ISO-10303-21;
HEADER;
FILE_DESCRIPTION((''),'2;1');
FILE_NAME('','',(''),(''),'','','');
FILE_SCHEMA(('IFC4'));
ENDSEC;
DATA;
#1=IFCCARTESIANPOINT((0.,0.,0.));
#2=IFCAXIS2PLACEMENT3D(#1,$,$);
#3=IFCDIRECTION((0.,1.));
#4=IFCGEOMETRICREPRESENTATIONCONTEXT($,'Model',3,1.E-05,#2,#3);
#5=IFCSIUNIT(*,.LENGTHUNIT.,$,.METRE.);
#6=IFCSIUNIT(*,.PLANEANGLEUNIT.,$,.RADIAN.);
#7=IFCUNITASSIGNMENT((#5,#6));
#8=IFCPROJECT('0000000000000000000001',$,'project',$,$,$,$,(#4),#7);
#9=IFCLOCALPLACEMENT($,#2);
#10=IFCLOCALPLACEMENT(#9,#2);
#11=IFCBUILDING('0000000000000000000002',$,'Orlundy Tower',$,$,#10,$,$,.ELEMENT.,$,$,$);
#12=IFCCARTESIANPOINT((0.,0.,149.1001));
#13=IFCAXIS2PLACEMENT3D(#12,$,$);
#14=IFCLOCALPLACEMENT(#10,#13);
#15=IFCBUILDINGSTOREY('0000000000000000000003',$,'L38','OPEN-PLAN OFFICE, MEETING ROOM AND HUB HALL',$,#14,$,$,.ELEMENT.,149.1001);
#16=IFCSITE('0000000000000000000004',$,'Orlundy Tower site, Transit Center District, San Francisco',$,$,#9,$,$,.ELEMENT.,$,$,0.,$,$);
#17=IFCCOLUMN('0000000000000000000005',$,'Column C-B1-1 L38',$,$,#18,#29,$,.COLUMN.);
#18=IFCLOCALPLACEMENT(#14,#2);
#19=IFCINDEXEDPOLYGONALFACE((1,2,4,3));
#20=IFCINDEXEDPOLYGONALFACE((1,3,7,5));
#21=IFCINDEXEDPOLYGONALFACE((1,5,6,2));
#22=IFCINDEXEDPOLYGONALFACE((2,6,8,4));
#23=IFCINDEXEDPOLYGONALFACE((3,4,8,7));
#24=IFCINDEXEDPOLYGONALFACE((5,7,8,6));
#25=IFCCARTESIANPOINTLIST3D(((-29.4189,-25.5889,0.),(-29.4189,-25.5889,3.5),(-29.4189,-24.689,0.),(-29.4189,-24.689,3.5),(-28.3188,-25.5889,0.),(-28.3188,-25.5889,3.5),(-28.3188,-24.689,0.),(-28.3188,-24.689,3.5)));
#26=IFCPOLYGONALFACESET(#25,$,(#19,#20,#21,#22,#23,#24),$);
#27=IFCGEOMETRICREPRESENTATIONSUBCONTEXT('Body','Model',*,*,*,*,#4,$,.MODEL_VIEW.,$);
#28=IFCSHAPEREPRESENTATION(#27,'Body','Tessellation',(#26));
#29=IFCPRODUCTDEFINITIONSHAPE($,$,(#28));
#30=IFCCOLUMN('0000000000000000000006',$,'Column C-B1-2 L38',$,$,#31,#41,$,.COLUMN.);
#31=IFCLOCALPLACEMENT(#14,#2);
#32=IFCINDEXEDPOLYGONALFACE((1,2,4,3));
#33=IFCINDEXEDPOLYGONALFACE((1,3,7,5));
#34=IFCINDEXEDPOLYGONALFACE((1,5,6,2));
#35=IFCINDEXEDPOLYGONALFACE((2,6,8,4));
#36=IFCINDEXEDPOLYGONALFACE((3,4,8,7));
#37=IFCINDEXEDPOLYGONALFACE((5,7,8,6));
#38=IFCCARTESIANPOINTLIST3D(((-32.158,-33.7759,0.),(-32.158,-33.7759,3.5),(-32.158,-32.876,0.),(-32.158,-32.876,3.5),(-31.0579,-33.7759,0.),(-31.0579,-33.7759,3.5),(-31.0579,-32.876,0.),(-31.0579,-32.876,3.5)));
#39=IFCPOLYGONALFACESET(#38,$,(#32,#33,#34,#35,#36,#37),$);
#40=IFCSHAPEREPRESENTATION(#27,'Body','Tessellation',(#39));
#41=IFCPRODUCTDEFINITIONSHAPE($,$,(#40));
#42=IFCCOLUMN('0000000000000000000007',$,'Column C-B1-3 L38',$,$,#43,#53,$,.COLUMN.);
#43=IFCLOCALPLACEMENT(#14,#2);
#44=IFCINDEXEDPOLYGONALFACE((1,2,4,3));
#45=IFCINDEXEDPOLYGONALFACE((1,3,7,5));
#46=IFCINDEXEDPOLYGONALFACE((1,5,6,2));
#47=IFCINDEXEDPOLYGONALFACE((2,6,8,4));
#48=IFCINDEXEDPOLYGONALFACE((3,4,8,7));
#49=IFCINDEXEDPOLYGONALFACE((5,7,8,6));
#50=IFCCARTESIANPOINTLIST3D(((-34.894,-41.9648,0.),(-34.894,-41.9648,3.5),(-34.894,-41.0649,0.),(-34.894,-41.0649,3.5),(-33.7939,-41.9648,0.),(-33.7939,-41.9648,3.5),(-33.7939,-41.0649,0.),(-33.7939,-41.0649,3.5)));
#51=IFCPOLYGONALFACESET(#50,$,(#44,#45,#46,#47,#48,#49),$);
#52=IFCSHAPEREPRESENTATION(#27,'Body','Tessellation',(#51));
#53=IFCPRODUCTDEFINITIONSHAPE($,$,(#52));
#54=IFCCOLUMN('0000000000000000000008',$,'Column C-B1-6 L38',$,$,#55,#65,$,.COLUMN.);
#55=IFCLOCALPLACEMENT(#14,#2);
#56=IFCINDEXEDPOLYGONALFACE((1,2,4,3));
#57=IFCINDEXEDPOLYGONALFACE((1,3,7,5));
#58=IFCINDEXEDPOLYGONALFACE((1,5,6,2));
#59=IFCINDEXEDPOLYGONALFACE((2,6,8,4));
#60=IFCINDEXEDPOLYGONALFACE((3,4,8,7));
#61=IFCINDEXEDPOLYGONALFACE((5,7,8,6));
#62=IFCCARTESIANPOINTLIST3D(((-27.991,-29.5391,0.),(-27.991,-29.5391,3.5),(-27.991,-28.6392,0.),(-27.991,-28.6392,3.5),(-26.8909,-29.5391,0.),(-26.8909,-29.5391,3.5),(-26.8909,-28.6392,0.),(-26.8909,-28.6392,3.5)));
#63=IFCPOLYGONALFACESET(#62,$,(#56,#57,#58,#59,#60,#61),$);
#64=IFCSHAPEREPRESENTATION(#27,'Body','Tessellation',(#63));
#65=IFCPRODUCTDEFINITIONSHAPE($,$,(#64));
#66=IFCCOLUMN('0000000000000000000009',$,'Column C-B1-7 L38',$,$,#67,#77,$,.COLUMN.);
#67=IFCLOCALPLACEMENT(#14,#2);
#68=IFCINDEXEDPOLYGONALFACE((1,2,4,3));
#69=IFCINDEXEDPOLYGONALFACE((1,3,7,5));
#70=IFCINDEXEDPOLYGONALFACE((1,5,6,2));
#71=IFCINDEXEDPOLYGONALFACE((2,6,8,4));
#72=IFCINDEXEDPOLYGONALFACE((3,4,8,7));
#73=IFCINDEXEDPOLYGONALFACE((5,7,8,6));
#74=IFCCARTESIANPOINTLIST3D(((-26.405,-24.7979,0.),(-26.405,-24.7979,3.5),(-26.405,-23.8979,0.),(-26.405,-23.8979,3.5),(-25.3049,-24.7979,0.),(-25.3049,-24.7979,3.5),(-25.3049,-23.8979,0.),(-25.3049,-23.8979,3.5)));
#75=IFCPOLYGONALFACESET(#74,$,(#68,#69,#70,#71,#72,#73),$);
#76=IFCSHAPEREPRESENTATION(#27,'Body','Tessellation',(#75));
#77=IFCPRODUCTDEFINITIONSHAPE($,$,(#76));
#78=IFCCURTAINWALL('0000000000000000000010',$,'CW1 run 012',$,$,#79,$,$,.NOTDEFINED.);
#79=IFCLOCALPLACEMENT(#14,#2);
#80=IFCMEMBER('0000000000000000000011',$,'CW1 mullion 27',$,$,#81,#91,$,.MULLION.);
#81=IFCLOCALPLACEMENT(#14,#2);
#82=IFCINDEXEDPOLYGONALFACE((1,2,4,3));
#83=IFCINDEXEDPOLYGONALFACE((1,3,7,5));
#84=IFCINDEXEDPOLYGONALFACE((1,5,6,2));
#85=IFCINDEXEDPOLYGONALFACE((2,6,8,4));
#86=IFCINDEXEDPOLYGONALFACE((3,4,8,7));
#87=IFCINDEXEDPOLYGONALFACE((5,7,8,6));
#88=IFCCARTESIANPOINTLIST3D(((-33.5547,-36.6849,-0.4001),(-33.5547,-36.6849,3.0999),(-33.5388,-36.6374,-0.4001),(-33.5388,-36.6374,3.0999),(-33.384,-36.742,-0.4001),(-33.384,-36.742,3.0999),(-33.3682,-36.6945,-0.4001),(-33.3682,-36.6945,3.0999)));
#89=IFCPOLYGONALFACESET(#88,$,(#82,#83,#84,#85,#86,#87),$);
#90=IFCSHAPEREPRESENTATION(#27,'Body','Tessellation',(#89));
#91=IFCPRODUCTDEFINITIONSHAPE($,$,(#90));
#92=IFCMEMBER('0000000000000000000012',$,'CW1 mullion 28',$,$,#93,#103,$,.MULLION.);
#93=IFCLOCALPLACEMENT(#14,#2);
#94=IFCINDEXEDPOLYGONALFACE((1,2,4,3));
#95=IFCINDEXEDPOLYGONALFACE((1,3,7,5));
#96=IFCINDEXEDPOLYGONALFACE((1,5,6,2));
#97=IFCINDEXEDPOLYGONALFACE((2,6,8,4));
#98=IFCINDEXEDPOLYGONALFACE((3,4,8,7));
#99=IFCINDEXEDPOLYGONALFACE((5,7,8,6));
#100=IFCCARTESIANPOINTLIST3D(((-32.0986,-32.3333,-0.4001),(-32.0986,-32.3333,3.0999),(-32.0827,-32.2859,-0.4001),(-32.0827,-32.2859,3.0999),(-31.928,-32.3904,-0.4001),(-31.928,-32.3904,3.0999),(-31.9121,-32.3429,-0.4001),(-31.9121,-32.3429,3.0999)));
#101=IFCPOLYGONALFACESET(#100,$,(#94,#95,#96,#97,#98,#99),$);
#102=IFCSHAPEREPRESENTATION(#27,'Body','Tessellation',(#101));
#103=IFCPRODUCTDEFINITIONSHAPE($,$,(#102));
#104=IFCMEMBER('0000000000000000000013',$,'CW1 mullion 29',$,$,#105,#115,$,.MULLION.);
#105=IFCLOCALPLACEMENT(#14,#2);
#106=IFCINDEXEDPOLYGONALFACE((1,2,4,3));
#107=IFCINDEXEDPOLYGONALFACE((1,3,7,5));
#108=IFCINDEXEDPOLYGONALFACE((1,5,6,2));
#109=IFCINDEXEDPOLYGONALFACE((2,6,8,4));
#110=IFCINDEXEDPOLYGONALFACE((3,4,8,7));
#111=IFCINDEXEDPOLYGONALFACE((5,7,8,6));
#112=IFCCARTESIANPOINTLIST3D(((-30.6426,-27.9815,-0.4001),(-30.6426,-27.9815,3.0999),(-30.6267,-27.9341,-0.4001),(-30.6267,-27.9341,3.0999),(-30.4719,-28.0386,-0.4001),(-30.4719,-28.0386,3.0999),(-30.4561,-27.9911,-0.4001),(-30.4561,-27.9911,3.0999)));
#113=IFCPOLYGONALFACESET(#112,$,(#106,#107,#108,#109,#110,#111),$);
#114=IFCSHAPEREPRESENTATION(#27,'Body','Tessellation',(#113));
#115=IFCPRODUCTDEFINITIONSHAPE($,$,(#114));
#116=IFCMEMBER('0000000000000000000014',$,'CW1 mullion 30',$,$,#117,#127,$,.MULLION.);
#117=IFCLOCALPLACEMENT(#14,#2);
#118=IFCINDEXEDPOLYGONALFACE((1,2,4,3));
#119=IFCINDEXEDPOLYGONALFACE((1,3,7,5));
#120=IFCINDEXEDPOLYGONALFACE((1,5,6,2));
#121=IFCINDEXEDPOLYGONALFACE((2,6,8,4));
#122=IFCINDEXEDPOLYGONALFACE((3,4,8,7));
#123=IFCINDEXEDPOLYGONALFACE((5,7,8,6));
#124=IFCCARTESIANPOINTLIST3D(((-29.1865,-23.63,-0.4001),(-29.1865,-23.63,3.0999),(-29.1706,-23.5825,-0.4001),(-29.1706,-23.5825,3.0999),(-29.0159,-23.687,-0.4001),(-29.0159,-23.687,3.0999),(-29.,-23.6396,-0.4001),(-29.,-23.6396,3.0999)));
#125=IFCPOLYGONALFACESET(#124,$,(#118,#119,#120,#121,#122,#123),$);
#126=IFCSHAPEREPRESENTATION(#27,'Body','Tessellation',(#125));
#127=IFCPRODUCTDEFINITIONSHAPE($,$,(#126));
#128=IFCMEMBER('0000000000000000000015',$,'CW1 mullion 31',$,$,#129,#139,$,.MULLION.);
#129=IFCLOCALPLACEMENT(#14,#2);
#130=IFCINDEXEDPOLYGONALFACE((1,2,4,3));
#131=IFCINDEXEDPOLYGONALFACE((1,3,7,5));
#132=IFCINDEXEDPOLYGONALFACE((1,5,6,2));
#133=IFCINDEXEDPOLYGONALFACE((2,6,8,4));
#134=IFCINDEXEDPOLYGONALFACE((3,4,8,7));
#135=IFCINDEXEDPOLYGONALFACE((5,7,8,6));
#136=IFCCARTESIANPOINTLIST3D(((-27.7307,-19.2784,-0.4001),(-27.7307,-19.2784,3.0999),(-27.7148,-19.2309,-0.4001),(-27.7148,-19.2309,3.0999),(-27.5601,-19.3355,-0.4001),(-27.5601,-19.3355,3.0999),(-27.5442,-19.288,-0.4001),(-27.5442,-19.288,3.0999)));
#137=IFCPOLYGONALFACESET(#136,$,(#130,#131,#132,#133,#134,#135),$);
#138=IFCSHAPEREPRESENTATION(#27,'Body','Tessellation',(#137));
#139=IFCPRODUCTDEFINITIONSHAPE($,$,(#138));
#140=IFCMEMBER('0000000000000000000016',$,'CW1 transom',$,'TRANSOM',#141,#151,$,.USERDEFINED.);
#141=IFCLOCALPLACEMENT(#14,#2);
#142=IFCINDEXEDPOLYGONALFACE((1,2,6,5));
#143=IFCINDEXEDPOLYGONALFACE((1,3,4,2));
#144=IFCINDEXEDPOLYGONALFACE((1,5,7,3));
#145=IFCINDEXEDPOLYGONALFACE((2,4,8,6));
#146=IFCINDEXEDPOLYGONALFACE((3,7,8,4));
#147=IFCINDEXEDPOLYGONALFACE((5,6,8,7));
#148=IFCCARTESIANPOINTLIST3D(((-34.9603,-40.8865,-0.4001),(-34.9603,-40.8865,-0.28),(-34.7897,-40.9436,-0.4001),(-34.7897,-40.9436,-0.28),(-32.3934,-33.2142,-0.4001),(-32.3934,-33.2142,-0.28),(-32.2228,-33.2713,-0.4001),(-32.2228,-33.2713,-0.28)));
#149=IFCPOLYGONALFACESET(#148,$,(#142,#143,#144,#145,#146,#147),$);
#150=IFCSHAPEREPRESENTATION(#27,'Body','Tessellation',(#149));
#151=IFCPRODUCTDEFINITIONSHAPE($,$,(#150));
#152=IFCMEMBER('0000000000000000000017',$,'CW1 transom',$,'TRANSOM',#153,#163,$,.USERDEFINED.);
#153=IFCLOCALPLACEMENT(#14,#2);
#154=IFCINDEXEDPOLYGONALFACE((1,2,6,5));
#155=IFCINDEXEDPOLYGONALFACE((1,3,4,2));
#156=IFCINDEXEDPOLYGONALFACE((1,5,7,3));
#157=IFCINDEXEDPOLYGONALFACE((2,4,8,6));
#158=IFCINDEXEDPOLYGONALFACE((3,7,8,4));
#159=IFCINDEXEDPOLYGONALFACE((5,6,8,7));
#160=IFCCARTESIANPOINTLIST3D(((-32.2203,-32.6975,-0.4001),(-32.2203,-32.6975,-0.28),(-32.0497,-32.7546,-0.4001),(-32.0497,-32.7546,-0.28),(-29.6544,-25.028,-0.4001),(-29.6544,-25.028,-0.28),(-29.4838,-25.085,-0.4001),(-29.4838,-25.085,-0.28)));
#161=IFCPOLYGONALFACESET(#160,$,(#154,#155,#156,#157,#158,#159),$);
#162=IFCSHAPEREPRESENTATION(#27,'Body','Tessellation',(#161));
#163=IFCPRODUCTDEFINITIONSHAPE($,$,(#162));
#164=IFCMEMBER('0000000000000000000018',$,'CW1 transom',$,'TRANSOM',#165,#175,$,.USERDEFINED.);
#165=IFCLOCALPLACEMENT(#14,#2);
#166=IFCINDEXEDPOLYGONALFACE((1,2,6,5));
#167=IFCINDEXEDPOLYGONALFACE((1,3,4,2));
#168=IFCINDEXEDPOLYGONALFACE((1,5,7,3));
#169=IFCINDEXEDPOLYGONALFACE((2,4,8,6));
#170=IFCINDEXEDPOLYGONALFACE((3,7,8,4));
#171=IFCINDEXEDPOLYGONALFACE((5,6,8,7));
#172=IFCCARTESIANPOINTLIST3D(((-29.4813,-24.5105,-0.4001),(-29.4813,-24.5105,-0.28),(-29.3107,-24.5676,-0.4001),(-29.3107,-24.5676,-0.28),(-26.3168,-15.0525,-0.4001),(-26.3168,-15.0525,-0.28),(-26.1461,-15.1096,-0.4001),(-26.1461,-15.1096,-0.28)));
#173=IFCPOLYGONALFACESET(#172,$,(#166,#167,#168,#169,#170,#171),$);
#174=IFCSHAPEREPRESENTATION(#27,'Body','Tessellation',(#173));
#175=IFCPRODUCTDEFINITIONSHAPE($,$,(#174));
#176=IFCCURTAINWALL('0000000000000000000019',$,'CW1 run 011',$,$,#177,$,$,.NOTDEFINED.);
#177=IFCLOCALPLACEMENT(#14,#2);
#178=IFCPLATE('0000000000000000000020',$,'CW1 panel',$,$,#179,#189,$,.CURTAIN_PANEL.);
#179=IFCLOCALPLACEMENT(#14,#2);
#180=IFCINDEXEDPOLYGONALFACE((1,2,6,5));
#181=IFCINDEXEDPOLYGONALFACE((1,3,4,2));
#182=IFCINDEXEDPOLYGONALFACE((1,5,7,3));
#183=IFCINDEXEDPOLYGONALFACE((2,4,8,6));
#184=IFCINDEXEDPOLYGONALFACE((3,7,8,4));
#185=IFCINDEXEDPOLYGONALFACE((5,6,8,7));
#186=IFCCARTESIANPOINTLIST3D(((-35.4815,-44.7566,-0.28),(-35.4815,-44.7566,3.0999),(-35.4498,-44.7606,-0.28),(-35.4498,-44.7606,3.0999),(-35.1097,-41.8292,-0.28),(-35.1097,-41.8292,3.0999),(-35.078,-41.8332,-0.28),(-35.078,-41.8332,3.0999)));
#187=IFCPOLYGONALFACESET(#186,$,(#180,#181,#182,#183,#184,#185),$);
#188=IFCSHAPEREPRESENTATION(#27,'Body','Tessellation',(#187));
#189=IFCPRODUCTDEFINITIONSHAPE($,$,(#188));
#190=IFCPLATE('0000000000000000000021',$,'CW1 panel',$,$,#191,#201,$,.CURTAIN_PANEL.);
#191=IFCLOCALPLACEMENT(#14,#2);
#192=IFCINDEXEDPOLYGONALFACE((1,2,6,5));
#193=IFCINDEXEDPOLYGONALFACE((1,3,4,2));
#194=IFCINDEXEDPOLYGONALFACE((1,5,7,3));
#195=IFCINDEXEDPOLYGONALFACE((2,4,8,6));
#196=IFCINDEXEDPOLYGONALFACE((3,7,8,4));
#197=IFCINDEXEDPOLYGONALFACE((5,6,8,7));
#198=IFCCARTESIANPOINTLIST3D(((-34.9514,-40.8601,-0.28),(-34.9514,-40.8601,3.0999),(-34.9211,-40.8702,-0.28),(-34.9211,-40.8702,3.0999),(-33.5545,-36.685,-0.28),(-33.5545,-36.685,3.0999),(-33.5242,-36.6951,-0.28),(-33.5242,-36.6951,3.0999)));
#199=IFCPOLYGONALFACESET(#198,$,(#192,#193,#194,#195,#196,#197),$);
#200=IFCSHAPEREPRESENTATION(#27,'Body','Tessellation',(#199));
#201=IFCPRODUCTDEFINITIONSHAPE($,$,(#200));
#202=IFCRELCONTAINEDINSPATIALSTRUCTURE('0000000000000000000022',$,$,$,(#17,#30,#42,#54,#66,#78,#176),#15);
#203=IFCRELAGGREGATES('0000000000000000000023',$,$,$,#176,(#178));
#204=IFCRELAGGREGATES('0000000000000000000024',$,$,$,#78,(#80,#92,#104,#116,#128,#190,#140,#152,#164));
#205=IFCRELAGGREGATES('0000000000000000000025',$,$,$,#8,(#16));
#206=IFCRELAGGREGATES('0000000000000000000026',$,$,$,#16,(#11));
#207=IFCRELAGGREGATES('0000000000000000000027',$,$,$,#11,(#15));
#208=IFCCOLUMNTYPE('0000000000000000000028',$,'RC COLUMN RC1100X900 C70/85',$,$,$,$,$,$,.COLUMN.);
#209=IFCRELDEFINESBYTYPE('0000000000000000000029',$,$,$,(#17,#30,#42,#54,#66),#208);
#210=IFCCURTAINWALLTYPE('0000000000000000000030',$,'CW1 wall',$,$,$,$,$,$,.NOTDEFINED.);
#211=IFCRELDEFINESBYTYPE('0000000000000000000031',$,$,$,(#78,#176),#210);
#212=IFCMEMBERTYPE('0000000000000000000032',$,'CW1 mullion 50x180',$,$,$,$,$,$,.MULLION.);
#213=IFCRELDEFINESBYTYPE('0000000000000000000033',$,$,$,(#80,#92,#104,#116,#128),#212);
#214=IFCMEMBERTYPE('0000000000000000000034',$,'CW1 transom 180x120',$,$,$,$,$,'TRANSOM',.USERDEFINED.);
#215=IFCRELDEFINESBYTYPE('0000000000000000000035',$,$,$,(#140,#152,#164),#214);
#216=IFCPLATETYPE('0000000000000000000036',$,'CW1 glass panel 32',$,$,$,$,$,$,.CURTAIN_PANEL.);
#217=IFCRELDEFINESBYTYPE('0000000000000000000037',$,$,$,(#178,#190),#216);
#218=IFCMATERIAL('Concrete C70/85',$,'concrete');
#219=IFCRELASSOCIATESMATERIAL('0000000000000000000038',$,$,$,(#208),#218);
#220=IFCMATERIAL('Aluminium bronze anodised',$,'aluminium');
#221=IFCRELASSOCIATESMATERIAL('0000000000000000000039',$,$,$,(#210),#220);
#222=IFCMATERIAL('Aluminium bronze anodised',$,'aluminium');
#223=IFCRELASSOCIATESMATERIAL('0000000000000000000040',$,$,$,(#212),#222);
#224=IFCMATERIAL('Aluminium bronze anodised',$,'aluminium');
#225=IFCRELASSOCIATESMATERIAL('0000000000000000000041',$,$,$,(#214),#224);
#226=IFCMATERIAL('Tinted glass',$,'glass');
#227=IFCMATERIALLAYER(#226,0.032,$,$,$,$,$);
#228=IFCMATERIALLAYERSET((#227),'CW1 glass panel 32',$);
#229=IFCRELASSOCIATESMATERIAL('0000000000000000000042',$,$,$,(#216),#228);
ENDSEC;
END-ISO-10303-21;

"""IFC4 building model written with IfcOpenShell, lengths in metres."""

from ifc_helpers import new_model, si_unit, direction, frame, origin, origin_2d, place, context, subcontext, project, spatial, rectangle, extrude, material, layer, layer_set, material_profile, profile_set, type_object, element, aggregate, save


model = new_model("IFC4")

# Units and contexts
model_context = context("Model", 3, precision=1e-05, world=origin(), true_north=direction((0.0, 1.0)))
body_context = subcontext(model_context, "Body", "Model", "MODEL_VIEW")
ifc_project = project(units=[si_unit("LENGTHUNIT", "METRE"), si_unit("PLANEANGLEUNIT", "RADIAN")], contexts=[model_context])

# Site, building, storey
site_placement = place(None, origin())
site = spatial("IfcSite", under=ifc_project, at=site_placement, Name="Orlundy Tower site, Transit Center District, San Francisco", CompositionType="ELEMENT", RefElevation=0.0)
building_placement = place(site_placement, origin())
building = spatial("IfcBuilding", under=site, at=building_placement, Name="Orlundy Tower", CompositionType="ELEMENT")
storey_placement = place(building_placement, frame((0.0, 0.0, 149.1001)))
storey = spatial("IfcBuildingStorey", under=building, at=storey_placement, Name="L38", Description="OPEN-PLAN OFFICE, MEETING ROOM AND HUB HALL", CompositionType="ELEMENT", Elevation=149.1001)

# Columns
ifc_material_1 = material(Name="Concrete C70/85", Category="concrete")
ifc_material_profile_1 = material_profile(ifc_material_1, rectangle(XDim=1.1001, YDim=0.8999, at=origin_2d()), Name="RC1100X900")
ifc_profile_set_1 = profile_set([ifc_material_profile_1], Name="Concrete C70/85")
column_type = type_object("IfcColumnType", Name="RC COLUMN RC1100X900 C70/85", PredefinedType="COLUMN", material=ifc_profile_set_1)
for number, where, z_axis, x_axis, name in (
    (1, (-28.8689, -25.1389, 0.0), (0.0, 0.0, 1.0), (1.0, 0.0, 0.0), "Column C-B1-1 L38"),
    (2, (-31.6079, -33.3259, 0.0), (0.0, 0.0, 1.0), (1.0, 0.0, 0.0), "Column C-B1-2 L38"),
    (3, (-34.344, -41.5149, 0.0), (0.0, 0.0, 1.0), (1.0, 0.0, 0.0), "Column C-B1-3 L38"),
    (4, (-27.4409, -29.0891, 0.0), (0.0, 0.0, 1.0), (1.0, 0.0, 0.0), "Column C-B1-6 L38"),
    (5, (-25.855, -24.3479, 0.0), (0.0, 0.0, 1.0), (1.0, 0.0, 0.0), "Column C-B1-7 L38"),
):
    element("IfcColumn", number, at=place(storey_placement, frame(where, z_axis=z_axis, x_axis=x_axis)), inside=storey, type_object=column_type, Name=name, PredefinedType="COLUMN", context=body_context, shape_type="SweptSolid", body=[
        extrude(rectangle(XDim=1.1001, YDim=0.8999, at=origin_2d()), origin(), (0.0, 0.0, 1.0), 3.5),
    ])

# Curtain wall, members
ifc_material_2 = material(Name="Aluminium bronze anodised", Category="aluminium")
curtain_wall_type = type_object("IfcCurtainWallType", Name="CW1 wall", PredefinedType="NOTDEFINED", material=ifc_material_2)
curtain_wall_1_placement = place(storey_placement, origin())
curtain_wall_1 = element("IfcCurtainWall", 6, at=curtain_wall_1_placement, inside=storey, type_object=curtain_wall_type, Name="CW1 run 012", PredefinedType="NOTDEFINED")
ifc_material_3 = material(Name="Aluminium bronze anodised", Category="aluminium")
ifc_material_profile_2 = material_profile(ifc_material_3, rectangle(XDim=0.1799, YDim=0.05, at=origin_2d()), Name="CW1 mullion 50x180")
ifc_profile_set_2 = profile_set([ifc_material_profile_2], Name="Aluminium bronze anodised")
member_type_1 = type_object("IfcMemberType", Name="CW1 mullion 50x180", PredefinedType="MULLION", material=ifc_profile_set_2)
member_1_placement = place(storey_placement, frame((-33.4614, -36.6897, -0.4001), z_axis=(0.0, 0.0, 1.0), x_axis=(-0.948327, 0.317295, 0.0)))
member_1 = element("IfcMember", 7, at=member_1_placement, type_object=member_type_1, Name="CW1 mullion 27", PredefinedType="MULLION", context=body_context, shape_type="SweptSolid", body=[
    extrude(rectangle(XDim=0.1799, YDim=0.05, at=origin_2d()), origin(), (0.0, 0.0, 1.0), 3.5),
])
member_2_placement = place(storey_placement, frame((-32.0054, -32.3381, -0.4001), z_axis=(0.0, 0.0, 1.0), x_axis=(-0.948327, 0.317295, 0.0)))
member_2 = element("IfcMember", 8, at=member_2_placement, type_object=member_type_1, Name="CW1 mullion 28", PredefinedType="MULLION", context=body_context, shape_type="SweptSolid", body=[
    extrude(rectangle(XDim=0.1799, YDim=0.05, at=origin_2d()), origin(), (0.0, 0.0, 1.0), 3.5),
])
member_3_placement = place(storey_placement, frame((-30.5493, -27.9863, -0.4001), z_axis=(0.0, 0.0, 1.0), x_axis=(-0.948327, 0.317295, 0.0)))
member_3 = element("IfcMember", 9, at=member_3_placement, type_object=member_type_1, Name="CW1 mullion 29", PredefinedType="MULLION", context=body_context, shape_type="SweptSolid", body=[
    extrude(rectangle(XDim=0.1799, YDim=0.05, at=origin_2d()), origin(), (0.0, 0.0, 1.0), 3.5),
])
member_4_placement = place(storey_placement, frame((-29.0933, -23.6348, -0.4001), z_axis=(0.0, 0.0, 1.0), x_axis=(-0.948327, 0.317295, 0.0)))
member_4 = element("IfcMember", 10, at=member_4_placement, type_object=member_type_1, Name="CW1 mullion 30", PredefinedType="MULLION", context=body_context, shape_type="SweptSolid", body=[
    extrude(rectangle(XDim=0.1799, YDim=0.05, at=origin_2d()), origin(), (0.0, 0.0, 1.0), 3.5),
])
member_5_placement = place(storey_placement, frame((-27.6375, -19.2832, -0.4001), z_axis=(0.0, 0.0, 1.0), x_axis=(-0.948327, 0.317295, 0.0)))
member_5 = element("IfcMember", 11, at=member_5_placement, type_object=member_type_1, Name="CW1 mullion 31", PredefinedType="MULLION", context=body_context, shape_type="SweptSolid", body=[
    extrude(rectangle(XDim=0.1799, YDim=0.05, at=origin_2d()), origin(), (0.0, 0.0, 1.0), 3.5),
])
ifc_material_4 = material(Name="Aluminium bronze anodised", Category="aluminium")
ifc_material_profile_3 = material_profile(ifc_material_4, rectangle(XDim=0.1799, YDim=0.1201, at=origin_2d()), Name="CW1 transom 180x120")
ifc_profile_set_3 = profile_set([ifc_material_profile_3], Name="Aluminium bronze anodised")
member_type_2 = type_object("IfcMemberType", Name="CW1 transom 180x120", ElementType="TRANSOM", PredefinedType="USERDEFINED", material=ifc_profile_set_3)
member_6_placement = place(storey_placement, frame((-34.875, -40.915, -0.3401), z_axis=(0.317278, 0.948333, 0.0), x_axis=(-0.948333, 0.317278, 0.0)))
member_6 = element("IfcMember", 12, at=member_6_placement, type_object=member_type_2, Name="CW1 transom", ObjectType="TRANSOM", PredefinedType="USERDEFINED", context=body_context, shape_type="SweptSolid", body=[
    extrude(rectangle(XDim=0.1799, YDim=0.1201, at=origin_2d()), origin(), (0.0, 0.0, 1.0), 8.0903),
])
member_7_placement = place(storey_placement, frame((-32.135, -32.7261, -0.3401), z_axis=(0.317269, 0.948336, 0.0), x_axis=(-0.948336, 0.317269, 0.0)))
member_7 = element("IfcMember", 13, at=member_7_placement, type_object=member_type_2, Name="CW1 transom", ObjectType="TRANSOM", PredefinedType="USERDEFINED", context=body_context, shape_type="SweptSolid", body=[
    extrude(rectangle(XDim=0.1799, YDim=0.1201, at=origin_2d()), origin(), (0.0, 0.0, 1.0), 8.0874),
])
member_8_placement = place(storey_placement, frame((-29.396, -24.5391, -0.3401), z_axis=(0.3173, 0.948325, 0.0), x_axis=(-0.948325, 0.3173, 0.0)))
member_8 = element("IfcMember", 14, at=member_8_placement, type_object=member_type_2, Name="CW1 transom", ObjectType="TRANSOM", PredefinedType="USERDEFINED", context=body_context, shape_type="SweptSolid", body=[
    extrude(rectangle(XDim=0.1799, YDim=0.1201, at=origin_2d()), origin(), (0.0, 0.0, 1.0), 9.9734),
])

# Curtain wall, plate
curtain_wall_2_placement = place(storey_placement, origin())
curtain_wall_2 = element("IfcCurtainWall", 15, at=curtain_wall_2_placement, inside=storey, type_object=curtain_wall_type, Name="CW1 run 011", PredefinedType="NOTDEFINED")
ifc_material_5 = material(Name="Tinted glass", Category="glass")
ifc_layer_1 = layer(ifc_material_5, 0.032)
ifc_layer_set_1 = layer_set([ifc_layer_1], Name="CW1 glass panel 32")
plate_type = type_object("IfcPlateType", Name="CW1 glass panel 32", PredefinedType="CURTAIN_PANEL", material=ifc_layer_set_1)
plate_1_placement = place(storey_placement, frame((-35.2798, -43.2949, -0.28), z_axis=(0.0, 0.0, 1.0), x_axis=(0.125994, 0.992031, 0.0)))
plate_1 = element("IfcPlate", 16, at=plate_1_placement, type_object=plate_type, Name="CW1 panel", PredefinedType="CURTAIN_PANEL", context=body_context, shape_type="SweptSolid", body=[
    extrude(rectangle(XDim=2.9509, YDim=0.032, at=origin_2d()), origin(), (0.0, 0.0, 1.0), 3.3799),
])
aggregate(curtain_wall_2, [plate_1])

# Plate
plate_2_placement = place(storey_placement, frame((-34.2378, -38.7776, -0.28), z_axis=(0.0, 0.0, 1.0), x_axis=(0.317295, 0.948327, 0.0)))
plate_2 = element("IfcPlate", 17, at=plate_2_placement, type_object=plate_type, Name="CW1 panel", PredefinedType="CURTAIN_PANEL", context=body_context, shape_type="SweptSolid", body=[
    extrude(rectangle(XDim=4.4026, YDim=0.032, at=origin_2d()), origin(), (0.0, 0.0, 1.0), 3.3799),
])
aggregate(curtain_wall_1, [member_1, member_2, member_3, member_4, member_5, plate_2, member_6, member_7, member_8])

save(model, "model.ifc")
